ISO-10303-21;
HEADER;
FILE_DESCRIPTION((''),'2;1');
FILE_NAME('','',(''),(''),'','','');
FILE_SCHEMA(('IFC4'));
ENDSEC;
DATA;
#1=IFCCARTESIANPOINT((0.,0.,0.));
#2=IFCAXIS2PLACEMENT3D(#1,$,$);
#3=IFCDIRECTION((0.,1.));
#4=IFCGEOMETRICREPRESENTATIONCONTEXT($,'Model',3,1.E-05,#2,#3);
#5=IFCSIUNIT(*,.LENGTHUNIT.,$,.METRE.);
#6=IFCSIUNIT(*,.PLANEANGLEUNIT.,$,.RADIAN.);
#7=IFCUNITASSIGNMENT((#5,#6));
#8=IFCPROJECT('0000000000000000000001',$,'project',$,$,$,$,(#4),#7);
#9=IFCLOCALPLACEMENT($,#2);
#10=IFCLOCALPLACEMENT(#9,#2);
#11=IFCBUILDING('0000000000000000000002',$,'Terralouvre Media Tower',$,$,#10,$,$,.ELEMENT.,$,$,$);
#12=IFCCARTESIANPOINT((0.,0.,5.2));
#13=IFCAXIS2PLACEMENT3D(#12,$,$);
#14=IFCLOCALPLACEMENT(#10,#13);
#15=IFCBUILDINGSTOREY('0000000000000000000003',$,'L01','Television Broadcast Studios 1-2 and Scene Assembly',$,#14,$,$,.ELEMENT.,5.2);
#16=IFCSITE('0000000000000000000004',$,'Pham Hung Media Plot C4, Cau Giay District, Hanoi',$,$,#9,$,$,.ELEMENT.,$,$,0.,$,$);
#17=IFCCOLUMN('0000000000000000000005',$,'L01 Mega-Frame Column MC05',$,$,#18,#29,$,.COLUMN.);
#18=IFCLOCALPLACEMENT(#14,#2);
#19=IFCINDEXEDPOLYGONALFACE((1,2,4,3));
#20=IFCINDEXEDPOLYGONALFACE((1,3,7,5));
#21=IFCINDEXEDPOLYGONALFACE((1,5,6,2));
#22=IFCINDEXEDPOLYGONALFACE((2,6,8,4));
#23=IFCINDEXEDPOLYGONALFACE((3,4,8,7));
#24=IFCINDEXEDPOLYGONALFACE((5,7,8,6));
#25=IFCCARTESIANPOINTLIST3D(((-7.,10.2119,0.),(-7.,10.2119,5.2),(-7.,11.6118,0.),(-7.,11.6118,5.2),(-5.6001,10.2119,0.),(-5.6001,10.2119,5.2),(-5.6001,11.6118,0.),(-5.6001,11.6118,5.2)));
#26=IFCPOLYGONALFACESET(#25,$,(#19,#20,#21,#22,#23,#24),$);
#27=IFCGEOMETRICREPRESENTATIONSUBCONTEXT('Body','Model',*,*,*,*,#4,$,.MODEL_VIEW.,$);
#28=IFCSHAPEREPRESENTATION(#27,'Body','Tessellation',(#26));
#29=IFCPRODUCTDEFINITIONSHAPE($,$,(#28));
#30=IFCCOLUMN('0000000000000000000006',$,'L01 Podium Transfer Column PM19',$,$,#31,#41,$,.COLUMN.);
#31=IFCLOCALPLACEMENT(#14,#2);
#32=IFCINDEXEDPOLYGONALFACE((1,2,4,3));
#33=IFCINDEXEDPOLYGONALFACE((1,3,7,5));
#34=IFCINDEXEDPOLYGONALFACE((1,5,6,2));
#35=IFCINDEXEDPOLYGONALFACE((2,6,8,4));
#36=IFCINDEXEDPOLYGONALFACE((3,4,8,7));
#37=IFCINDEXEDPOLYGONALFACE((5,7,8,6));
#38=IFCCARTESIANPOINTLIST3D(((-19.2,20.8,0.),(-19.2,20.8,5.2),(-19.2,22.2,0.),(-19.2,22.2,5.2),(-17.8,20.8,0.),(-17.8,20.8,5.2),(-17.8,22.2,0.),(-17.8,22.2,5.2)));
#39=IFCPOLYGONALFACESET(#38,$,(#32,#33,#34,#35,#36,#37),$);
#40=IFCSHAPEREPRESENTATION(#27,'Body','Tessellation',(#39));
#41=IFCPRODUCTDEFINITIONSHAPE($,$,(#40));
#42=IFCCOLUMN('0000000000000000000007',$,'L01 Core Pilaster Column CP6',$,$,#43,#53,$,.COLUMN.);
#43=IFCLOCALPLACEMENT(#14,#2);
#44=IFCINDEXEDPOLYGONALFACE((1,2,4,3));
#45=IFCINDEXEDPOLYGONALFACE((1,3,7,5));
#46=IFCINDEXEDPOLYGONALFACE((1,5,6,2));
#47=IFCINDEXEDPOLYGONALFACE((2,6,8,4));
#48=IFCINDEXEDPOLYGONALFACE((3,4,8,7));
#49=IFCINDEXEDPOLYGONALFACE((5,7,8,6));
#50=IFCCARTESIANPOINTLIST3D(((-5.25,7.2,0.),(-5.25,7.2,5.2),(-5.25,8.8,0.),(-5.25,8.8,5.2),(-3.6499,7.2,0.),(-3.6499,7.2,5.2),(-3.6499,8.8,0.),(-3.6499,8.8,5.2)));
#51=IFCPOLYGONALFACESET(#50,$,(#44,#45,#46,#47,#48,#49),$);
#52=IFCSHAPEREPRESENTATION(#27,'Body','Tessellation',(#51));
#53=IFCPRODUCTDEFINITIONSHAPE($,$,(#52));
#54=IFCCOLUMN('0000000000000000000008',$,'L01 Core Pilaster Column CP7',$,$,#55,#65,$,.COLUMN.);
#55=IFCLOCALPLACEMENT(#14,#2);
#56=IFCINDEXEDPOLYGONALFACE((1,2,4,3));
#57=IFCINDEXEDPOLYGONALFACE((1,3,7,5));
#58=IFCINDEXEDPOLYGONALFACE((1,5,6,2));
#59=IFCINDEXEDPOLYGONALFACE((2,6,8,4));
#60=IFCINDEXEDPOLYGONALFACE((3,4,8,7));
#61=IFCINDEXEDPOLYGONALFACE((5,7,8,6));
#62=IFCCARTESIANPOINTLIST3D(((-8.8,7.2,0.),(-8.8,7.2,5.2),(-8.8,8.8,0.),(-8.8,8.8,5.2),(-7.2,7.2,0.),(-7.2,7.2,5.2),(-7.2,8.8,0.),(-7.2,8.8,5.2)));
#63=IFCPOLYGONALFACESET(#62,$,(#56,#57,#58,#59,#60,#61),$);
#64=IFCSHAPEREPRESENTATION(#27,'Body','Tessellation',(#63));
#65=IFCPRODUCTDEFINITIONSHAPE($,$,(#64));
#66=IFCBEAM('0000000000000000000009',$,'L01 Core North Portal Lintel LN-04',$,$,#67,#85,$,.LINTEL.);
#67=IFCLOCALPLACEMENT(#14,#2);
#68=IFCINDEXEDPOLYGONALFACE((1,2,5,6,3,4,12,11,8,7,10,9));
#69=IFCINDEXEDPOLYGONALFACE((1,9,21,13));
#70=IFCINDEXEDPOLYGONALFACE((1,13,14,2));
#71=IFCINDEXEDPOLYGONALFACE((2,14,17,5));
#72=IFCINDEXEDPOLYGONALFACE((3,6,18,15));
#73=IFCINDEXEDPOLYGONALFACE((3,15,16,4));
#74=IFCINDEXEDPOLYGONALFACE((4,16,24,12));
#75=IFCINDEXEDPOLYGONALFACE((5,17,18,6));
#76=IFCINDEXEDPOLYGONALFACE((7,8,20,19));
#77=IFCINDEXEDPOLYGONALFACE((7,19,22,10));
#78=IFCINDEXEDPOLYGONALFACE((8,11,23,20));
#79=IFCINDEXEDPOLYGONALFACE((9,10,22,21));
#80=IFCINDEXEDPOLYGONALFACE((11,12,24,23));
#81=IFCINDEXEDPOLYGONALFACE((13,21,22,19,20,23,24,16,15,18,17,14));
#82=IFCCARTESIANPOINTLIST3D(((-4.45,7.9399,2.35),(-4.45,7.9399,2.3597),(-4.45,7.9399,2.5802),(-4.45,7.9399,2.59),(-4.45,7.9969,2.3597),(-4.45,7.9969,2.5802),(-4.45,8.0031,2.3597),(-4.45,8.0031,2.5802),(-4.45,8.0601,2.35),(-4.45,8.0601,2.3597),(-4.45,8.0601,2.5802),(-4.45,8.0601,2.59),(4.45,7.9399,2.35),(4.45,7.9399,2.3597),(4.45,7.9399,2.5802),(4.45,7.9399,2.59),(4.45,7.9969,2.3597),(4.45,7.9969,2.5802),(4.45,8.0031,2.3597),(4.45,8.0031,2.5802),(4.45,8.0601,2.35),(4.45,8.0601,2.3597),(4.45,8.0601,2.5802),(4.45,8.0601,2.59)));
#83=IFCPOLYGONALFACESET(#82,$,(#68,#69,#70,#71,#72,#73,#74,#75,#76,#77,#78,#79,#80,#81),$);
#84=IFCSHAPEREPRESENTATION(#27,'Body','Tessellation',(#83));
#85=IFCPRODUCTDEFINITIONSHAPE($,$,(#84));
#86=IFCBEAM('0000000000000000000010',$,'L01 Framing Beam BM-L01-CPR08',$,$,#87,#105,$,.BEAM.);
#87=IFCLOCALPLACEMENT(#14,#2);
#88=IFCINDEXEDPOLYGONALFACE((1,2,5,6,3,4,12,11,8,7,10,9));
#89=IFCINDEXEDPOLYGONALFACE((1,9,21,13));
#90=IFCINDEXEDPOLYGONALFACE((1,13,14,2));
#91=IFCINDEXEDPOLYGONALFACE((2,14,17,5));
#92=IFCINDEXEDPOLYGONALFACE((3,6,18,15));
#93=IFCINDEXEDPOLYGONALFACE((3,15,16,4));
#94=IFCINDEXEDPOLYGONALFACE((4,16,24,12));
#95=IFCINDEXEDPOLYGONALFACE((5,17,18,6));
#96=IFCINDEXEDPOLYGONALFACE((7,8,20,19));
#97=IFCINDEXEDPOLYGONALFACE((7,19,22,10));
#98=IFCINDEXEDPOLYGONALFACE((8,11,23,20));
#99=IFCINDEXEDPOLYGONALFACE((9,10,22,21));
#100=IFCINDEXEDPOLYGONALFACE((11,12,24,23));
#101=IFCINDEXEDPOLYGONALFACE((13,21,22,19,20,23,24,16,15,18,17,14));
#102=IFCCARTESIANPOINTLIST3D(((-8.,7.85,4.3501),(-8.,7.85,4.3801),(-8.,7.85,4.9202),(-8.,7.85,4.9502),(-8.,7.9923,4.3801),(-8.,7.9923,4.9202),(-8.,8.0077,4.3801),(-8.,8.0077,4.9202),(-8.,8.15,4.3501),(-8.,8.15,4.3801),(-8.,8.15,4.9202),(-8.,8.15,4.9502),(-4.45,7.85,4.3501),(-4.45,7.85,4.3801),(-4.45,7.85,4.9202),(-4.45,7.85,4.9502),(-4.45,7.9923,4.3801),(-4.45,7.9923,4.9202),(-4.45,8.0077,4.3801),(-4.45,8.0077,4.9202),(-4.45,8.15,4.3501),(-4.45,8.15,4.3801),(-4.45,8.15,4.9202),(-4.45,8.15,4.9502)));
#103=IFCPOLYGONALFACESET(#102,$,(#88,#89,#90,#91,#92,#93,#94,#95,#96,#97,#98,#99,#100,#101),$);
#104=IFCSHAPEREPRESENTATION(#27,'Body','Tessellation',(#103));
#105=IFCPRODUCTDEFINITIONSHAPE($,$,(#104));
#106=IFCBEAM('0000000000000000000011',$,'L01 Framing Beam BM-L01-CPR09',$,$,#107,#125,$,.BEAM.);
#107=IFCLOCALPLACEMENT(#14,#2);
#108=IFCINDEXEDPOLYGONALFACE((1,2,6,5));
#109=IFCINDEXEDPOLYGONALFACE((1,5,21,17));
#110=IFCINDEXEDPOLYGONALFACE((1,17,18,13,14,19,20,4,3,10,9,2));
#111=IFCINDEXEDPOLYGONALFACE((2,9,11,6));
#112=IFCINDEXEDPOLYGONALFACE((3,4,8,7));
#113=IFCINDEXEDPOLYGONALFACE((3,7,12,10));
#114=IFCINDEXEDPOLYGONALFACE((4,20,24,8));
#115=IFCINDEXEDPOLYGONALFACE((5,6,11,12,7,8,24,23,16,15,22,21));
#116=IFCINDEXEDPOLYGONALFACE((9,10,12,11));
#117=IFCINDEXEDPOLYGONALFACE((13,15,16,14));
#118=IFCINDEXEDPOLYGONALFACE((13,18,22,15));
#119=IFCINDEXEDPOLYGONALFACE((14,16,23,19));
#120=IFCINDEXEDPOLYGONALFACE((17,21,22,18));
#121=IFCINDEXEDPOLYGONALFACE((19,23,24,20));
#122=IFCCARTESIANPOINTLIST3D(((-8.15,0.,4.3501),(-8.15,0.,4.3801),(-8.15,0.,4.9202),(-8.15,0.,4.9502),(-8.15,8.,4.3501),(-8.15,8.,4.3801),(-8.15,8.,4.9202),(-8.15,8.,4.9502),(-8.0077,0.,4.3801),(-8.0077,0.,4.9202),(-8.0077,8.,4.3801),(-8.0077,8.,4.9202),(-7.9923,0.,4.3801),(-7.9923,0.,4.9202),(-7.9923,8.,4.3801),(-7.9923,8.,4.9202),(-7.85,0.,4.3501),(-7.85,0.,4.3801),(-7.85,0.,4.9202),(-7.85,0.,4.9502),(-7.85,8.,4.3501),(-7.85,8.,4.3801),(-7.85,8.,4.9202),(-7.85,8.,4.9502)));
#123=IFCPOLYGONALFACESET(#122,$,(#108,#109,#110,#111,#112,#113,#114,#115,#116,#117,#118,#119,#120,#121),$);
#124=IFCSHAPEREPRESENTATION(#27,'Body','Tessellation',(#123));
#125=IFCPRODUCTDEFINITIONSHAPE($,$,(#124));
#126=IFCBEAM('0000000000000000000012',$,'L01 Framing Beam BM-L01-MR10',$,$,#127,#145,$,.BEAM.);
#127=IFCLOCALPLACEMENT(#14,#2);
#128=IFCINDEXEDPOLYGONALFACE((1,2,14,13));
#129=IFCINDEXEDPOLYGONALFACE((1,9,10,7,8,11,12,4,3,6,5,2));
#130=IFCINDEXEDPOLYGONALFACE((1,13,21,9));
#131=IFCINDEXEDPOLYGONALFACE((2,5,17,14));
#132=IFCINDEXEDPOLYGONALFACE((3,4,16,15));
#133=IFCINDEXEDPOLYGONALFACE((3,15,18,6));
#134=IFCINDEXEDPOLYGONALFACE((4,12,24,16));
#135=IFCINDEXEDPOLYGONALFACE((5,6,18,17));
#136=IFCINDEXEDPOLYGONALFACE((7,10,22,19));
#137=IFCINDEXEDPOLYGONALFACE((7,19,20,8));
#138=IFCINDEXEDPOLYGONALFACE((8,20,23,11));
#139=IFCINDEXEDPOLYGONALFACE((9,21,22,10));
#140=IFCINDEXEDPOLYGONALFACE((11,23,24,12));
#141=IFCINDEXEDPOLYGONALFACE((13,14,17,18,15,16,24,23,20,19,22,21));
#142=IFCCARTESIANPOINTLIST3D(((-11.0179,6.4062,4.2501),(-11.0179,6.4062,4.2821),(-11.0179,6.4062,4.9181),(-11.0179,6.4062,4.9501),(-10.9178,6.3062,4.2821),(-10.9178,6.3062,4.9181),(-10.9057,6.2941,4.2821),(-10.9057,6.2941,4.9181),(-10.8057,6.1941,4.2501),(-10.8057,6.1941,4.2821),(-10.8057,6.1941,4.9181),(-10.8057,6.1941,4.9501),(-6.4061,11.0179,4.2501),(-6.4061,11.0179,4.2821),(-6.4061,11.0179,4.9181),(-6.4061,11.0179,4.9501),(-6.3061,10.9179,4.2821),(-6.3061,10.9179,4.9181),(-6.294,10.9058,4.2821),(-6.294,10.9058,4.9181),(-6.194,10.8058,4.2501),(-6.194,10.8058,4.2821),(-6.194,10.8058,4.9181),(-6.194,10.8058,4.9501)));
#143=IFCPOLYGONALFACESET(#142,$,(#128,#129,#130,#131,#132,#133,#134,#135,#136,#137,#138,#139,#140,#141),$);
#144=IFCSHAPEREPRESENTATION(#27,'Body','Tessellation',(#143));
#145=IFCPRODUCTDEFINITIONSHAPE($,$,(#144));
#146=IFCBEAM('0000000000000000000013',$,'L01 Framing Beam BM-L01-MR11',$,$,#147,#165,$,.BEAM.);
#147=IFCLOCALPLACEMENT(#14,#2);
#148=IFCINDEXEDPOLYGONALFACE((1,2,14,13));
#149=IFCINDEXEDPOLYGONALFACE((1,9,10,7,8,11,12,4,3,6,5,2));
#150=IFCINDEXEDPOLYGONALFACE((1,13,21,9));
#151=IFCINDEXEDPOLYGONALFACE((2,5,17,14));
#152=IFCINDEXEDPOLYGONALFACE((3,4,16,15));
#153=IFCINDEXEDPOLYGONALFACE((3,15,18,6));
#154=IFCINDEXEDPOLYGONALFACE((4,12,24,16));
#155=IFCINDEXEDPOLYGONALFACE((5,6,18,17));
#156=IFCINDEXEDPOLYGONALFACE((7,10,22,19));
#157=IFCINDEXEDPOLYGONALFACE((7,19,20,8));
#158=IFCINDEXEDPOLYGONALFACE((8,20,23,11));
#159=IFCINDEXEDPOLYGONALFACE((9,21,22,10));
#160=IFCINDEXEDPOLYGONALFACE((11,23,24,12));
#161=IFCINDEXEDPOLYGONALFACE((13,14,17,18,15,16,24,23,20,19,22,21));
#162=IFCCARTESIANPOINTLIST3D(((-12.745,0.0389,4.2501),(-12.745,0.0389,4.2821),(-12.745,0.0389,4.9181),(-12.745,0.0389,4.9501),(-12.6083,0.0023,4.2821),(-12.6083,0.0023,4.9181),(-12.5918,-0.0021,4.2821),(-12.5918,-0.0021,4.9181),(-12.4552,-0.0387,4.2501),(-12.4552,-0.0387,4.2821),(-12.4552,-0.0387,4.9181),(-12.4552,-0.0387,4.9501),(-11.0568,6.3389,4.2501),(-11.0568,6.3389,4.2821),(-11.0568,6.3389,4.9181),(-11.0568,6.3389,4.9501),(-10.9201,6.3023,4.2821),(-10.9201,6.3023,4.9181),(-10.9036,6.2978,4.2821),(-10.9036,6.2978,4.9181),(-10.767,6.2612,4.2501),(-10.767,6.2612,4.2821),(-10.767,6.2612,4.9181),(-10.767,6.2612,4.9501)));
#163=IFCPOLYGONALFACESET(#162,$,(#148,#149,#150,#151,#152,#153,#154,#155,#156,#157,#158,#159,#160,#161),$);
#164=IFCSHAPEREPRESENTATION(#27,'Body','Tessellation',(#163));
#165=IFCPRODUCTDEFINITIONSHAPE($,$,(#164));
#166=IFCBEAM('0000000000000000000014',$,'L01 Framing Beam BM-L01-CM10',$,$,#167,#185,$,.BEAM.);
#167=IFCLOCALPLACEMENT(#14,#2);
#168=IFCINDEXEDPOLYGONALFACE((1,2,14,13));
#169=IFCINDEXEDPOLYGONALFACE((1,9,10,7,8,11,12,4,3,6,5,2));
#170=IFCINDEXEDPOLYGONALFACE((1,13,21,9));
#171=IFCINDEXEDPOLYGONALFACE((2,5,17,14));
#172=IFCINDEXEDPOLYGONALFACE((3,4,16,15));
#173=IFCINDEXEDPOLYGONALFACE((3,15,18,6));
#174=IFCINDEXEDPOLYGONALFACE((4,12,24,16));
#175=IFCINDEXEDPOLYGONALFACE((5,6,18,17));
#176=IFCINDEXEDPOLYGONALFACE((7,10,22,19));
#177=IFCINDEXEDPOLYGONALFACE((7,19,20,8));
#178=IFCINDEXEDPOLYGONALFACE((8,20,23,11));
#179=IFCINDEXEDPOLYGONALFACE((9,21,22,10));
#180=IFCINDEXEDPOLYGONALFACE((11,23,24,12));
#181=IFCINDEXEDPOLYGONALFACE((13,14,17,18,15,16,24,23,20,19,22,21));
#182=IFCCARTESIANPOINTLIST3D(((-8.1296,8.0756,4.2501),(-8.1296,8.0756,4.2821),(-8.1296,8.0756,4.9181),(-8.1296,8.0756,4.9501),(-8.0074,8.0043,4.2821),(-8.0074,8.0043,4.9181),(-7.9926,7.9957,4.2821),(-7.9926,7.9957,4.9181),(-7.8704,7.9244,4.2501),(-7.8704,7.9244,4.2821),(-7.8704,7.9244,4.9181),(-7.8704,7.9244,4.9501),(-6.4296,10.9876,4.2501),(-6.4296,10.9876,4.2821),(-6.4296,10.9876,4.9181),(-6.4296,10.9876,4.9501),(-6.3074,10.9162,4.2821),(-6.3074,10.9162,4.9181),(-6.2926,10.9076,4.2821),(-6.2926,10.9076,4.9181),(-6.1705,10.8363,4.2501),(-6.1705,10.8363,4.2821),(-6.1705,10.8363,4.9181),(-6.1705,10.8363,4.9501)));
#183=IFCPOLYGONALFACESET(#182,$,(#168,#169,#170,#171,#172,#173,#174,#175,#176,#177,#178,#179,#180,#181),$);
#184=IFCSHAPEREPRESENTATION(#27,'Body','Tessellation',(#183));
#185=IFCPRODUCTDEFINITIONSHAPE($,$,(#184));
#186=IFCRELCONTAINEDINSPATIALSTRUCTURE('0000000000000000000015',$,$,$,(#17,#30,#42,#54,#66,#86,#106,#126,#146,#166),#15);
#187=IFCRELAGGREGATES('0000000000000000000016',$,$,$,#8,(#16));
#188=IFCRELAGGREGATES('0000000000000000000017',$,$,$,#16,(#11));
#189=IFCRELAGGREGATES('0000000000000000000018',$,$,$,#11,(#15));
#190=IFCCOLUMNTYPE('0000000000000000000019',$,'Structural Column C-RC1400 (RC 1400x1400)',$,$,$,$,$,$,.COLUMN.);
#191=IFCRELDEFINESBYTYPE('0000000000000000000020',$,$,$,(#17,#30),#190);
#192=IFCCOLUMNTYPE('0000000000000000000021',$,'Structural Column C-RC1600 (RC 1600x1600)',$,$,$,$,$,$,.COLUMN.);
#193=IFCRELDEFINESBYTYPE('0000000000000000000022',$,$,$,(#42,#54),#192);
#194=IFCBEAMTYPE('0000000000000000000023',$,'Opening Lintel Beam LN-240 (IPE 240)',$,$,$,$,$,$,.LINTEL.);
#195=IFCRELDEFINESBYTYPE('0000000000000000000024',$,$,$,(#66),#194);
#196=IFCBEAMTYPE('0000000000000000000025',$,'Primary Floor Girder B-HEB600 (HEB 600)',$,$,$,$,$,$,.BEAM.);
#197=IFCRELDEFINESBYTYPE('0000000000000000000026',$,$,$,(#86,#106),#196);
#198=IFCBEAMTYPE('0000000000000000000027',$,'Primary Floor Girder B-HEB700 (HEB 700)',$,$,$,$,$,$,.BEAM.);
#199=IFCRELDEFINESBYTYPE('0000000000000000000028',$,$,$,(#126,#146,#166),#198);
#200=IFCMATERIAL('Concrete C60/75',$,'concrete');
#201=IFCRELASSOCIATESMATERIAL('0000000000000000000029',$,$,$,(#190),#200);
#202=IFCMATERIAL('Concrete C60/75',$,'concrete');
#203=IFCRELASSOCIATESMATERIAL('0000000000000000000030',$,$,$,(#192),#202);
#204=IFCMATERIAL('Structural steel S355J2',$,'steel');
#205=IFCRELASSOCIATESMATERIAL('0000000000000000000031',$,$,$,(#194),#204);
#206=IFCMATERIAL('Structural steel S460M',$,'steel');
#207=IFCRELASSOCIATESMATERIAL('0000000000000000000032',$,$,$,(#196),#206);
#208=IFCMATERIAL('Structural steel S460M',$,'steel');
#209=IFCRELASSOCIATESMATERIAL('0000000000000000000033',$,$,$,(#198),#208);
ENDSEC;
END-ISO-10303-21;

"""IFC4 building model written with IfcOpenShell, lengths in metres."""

from ifc_helpers import new_model, si_unit, direction, frame, origin, origin_2d, place, context, subcontext, project, spatial, rectangle, i_section, extrude, material, material_profile, profile_set, type_object, element, save


model = new_model("IFC4")

# Units and contexts
model_context = context("Model", 3, precision=1e-05, world=origin(), true_north=direction((0.0, 1.0)))
body_context = subcontext(model_context, "Body", "Model", "MODEL_VIEW")
ifc_project = project(units=[si_unit("LENGTHUNIT", "METRE"), si_unit("PLANEANGLEUNIT", "RADIAN")], contexts=[model_context])

# Site, building, storey
site_placement = place(None, origin())
site = spatial("IfcSite", under=ifc_project, at=site_placement, Name="Pham Hung Media Plot C4, Cau Giay District, Hanoi", CompositionType="ELEMENT", RefElevation=0.0)
building_placement = place(site_placement, origin())
building = spatial("IfcBuilding", under=site, at=building_placement, Name="Terralouvre Media Tower", CompositionType="ELEMENT")
storey_placement = place(building_placement, frame((0.0, 0.0, 5.2)))
storey = spatial("IfcBuildingStorey", under=building, at=storey_placement, Name="L01", Description="Television Broadcast Studios 1-2 and Scene Assembly", CompositionType="ELEMENT", Elevation=5.2)

# Columns
ifc_material_1 = material(Name="Concrete C60/75", Category="concrete")
ifc_material_profile_1 = material_profile(ifc_material_1, rectangle(XDim=1.3999, YDim=1.3999, at=origin_2d()), Name="RC 1400x1400")
ifc_profile_set_1 = profile_set([ifc_material_profile_1], Name="Concrete C60/75")
column_type_1 = type_object("IfcColumnType", Name="Structural Column C-RC1400 (RC 1400x1400)", PredefinedType="COLUMN", material=ifc_profile_set_1)
for number, where, z_axis, x_axis, name in (
    (1, (-6.3, 10.9119, 0.0), (0.0, 0.0, 1.0), (1.0, 0.0, 0.0), "L01 Mega-Frame Column MC05"),
    (2, (-18.5, 21.5, 0.0), (0.0, 0.0, 1.0), (1.0, 0.0, 0.0), "L01 Podium Transfer Column PM19"),
):
    element("IfcColumn", number, at=place(storey_placement, frame(where, z_axis=z_axis, x_axis=x_axis)), inside=storey, type_object=column_type_1, Name=name, PredefinedType="COLUMN", context=body_context, shape_type="SweptSolid", body=[
        extrude(rectangle(XDim=1.3999, YDim=1.3999, at=origin_2d()), origin(), (0.0, 0.0, 1.0), 5.2),
    ])
ifc_material_2 = material(Name="Concrete C60/75", Category="concrete")
ifc_material_profile_2 = material_profile(ifc_material_2, rectangle(XDim=1.6001, YDim=1.6001, at=origin_2d()), Name="RC 1600x1600")
ifc_profile_set_2 = profile_set([ifc_material_profile_2], Name="Concrete C60/75")
column_type_2 = type_object("IfcColumnType", Name="Structural Column C-RC1600 (RC 1600x1600)", PredefinedType="COLUMN", material=ifc_profile_set_2)
for number, where, z_axis, x_axis, name in (
    (3, (-4.45, 8.0, 0.0), (0.0, 0.0, 1.0), (1.0, 0.0, 0.0), "L01 Core Pilaster Column CP6"),
    (4, (-8.0, 8.0, 0.0), (0.0, 0.0, 1.0), (1.0, 0.0, 0.0), "L01 Core Pilaster Column CP7"),
):
    element("IfcColumn", number, at=place(storey_placement, frame(where, z_axis=z_axis, x_axis=x_axis)), inside=storey, type_object=column_type_2, Name=name, PredefinedType="COLUMN", context=body_context, shape_type="SweptSolid", body=[
        extrude(rectangle(XDim=1.6001, YDim=1.6001, at=origin_2d()), origin(), (0.0, 0.0, 1.0), 5.2),
    ])

# Beams
ifc_material_3 = material(Name="Structural steel S355J2", Category="steel")
ifc_material_profile_3 = material_profile(ifc_material_3, i_section(OverallWidth=0.1201, OverallDepth=0.24, WebThickness=0.0061, FlangeThickness=0.0098, at=origin_2d()), Name="IPE 240")
ifc_profile_set_3 = profile_set([ifc_material_profile_3], Name="Structural steel S355J2")
beam_type_1 = type_object("IfcBeamType", Name="Opening Lintel Beam LN-240 (IPE 240)", PredefinedType="LINTEL", material=ifc_profile_set_3)
beam_1_placement = place(storey_placement, frame((-4.45, 8.0, 2.47), z_axis=(1.0, 0.0, 0.0), x_axis=(0.0, 1.0, 0.0)))
element("IfcBeam", 5, at=beam_1_placement, inside=storey, type_object=beam_type_1, Name="L01 Core North Portal Lintel LN-04", PredefinedType="LINTEL", context=body_context, shape_type="SweptSolid", body=[
    extrude(i_section(OverallWidth=0.1201, OverallDepth=0.24, WebThickness=0.0061, FlangeThickness=0.0098, at=origin_2d()), origin(), (0.0, 0.0, 1.0), 8.8999),
])
ifc_material_4 = material(Name="Structural steel S460M", Category="steel")
ifc_material_profile_4 = material_profile(ifc_material_4, i_section(OverallWidth=0.3, OverallDepth=0.6001, WebThickness=0.0154, FlangeThickness=0.03, at=origin_2d()), Name="HEB 600")
ifc_profile_set_4 = profile_set([ifc_material_profile_4], Name="Structural steel S460M")
beam_type_2 = type_object("IfcBeamType", Name="Primary Floor Girder B-HEB600 (HEB 600)", PredefinedType="BEAM", material=ifc_profile_set_4)
beam_2_placement = place(storey_placement, frame((-4.45, 8.0, 4.6501), z_axis=(-1.0, 0.0, 0.0), x_axis=(0.0, -1.0, 0.0)))
element("IfcBeam", 6, at=beam_2_placement, inside=storey, type_object=beam_type_2, Name="L01 Framing Beam BM-L01-CPR08", PredefinedType="BEAM", context=body_context, shape_type="SweptSolid", body=[
    extrude(i_section(OverallWidth=0.3, OverallDepth=0.6001, WebThickness=0.0154, FlangeThickness=0.03, at=origin_2d()), origin(), (0.0, 0.0, 1.0), 3.55),
])
beam_3_placement = place(storey_placement, frame((-8.0, 8.0, 4.6501), z_axis=(0.0, -1.0, 0.0), x_axis=(1.0, 0.0, 0.0)))
element("IfcBeam", 7, at=beam_3_placement, inside=storey, type_object=beam_type_2, Name="L01 Framing Beam BM-L01-CPR09", PredefinedType="BEAM", context=body_context, shape_type="SweptSolid", body=[
    extrude(i_section(OverallWidth=0.3, OverallDepth=0.6001, WebThickness=0.0154, FlangeThickness=0.03, at=origin_2d()), origin(), (0.0, 0.0, 1.0), 8.0),
])
ifc_material_5 = material(Name="Structural steel S460M", Category="steel")
ifc_material_profile_5 = material_profile(ifc_material_5, i_section(OverallWidth=0.3, OverallDepth=0.7, WebThickness=0.0171, FlangeThickness=0.032, at=origin_2d()), Name="HEB 700")
ifc_profile_set_5 = profile_set([ifc_material_profile_5], Name="Structural steel S460M")
beam_type_3 = type_object("IfcBeamType", Name="Primary Floor Girder B-HEB700 (HEB 700)", PredefinedType="BEAM", material=ifc_profile_set_5)
beam_4_placement = place(storey_placement, frame((-6.3, 10.9119, 4.6001), z_axis=(-0.707107, -0.707107, 0.0), x_axis=(0.707107, -0.707107, 0.0)))
element("IfcBeam", 8, at=beam_4_placement, inside=storey, type_object=beam_type_3, Name="L01 Framing Beam BM-L01-MR10", PredefinedType="BEAM", context=body_context, shape_type="SweptSolid", body=[
    extrude(i_section(OverallWidth=0.3, OverallDepth=0.7, WebThickness=0.0171, FlangeThickness=0.032, at=origin_2d()), origin(), (0.0, 0.0, 1.0), 6.522),
])
beam_5_placement = place(storey_placement, frame((-10.9119, 6.3, 4.6001), z_axis=(-0.258839, -0.96592, 0.0), x_axis=(0.96592, -0.258839, 0.0)))
element("IfcBeam", 9, at=beam_5_placement, inside=storey, type_object=beam_type_3, Name="L01 Framing Beam BM-L01-MR11", PredefinedType="BEAM", context=body_context, shape_type="SweptSolid", body=[
    extrude(i_section(OverallWidth=0.3, OverallDepth=0.7, WebThickness=0.0171, FlangeThickness=0.032, at=origin_2d()), origin(), (0.0, 0.0, 1.0), 6.5222),
])
for number, where, z_axis, x_axis, name in (
    (10, (-8.0, 8.0, 4.6001), (0.504173, 0.863603, 0.0), (-0.863603, 0.504173, 0.0), "L01 Framing Beam BM-L01-CM10"),
):
    element("IfcBeam", number, at=place(storey_placement, frame(where, z_axis=z_axis, x_axis=x_axis)), inside=storey, type_object=beam_type_3, Name=name, PredefinedType="BEAM", context=body_context, shape_type="SweptSolid", body=[
        extrude(i_section(OverallWidth=0.3, OverallDepth=0.7, WebThickness=0.0171, FlangeThickness=0.032, at=origin_2d()), origin(), (0.0, 0.0, 1.0), 3.3718),
    ])

save(model, "model.ifc")
